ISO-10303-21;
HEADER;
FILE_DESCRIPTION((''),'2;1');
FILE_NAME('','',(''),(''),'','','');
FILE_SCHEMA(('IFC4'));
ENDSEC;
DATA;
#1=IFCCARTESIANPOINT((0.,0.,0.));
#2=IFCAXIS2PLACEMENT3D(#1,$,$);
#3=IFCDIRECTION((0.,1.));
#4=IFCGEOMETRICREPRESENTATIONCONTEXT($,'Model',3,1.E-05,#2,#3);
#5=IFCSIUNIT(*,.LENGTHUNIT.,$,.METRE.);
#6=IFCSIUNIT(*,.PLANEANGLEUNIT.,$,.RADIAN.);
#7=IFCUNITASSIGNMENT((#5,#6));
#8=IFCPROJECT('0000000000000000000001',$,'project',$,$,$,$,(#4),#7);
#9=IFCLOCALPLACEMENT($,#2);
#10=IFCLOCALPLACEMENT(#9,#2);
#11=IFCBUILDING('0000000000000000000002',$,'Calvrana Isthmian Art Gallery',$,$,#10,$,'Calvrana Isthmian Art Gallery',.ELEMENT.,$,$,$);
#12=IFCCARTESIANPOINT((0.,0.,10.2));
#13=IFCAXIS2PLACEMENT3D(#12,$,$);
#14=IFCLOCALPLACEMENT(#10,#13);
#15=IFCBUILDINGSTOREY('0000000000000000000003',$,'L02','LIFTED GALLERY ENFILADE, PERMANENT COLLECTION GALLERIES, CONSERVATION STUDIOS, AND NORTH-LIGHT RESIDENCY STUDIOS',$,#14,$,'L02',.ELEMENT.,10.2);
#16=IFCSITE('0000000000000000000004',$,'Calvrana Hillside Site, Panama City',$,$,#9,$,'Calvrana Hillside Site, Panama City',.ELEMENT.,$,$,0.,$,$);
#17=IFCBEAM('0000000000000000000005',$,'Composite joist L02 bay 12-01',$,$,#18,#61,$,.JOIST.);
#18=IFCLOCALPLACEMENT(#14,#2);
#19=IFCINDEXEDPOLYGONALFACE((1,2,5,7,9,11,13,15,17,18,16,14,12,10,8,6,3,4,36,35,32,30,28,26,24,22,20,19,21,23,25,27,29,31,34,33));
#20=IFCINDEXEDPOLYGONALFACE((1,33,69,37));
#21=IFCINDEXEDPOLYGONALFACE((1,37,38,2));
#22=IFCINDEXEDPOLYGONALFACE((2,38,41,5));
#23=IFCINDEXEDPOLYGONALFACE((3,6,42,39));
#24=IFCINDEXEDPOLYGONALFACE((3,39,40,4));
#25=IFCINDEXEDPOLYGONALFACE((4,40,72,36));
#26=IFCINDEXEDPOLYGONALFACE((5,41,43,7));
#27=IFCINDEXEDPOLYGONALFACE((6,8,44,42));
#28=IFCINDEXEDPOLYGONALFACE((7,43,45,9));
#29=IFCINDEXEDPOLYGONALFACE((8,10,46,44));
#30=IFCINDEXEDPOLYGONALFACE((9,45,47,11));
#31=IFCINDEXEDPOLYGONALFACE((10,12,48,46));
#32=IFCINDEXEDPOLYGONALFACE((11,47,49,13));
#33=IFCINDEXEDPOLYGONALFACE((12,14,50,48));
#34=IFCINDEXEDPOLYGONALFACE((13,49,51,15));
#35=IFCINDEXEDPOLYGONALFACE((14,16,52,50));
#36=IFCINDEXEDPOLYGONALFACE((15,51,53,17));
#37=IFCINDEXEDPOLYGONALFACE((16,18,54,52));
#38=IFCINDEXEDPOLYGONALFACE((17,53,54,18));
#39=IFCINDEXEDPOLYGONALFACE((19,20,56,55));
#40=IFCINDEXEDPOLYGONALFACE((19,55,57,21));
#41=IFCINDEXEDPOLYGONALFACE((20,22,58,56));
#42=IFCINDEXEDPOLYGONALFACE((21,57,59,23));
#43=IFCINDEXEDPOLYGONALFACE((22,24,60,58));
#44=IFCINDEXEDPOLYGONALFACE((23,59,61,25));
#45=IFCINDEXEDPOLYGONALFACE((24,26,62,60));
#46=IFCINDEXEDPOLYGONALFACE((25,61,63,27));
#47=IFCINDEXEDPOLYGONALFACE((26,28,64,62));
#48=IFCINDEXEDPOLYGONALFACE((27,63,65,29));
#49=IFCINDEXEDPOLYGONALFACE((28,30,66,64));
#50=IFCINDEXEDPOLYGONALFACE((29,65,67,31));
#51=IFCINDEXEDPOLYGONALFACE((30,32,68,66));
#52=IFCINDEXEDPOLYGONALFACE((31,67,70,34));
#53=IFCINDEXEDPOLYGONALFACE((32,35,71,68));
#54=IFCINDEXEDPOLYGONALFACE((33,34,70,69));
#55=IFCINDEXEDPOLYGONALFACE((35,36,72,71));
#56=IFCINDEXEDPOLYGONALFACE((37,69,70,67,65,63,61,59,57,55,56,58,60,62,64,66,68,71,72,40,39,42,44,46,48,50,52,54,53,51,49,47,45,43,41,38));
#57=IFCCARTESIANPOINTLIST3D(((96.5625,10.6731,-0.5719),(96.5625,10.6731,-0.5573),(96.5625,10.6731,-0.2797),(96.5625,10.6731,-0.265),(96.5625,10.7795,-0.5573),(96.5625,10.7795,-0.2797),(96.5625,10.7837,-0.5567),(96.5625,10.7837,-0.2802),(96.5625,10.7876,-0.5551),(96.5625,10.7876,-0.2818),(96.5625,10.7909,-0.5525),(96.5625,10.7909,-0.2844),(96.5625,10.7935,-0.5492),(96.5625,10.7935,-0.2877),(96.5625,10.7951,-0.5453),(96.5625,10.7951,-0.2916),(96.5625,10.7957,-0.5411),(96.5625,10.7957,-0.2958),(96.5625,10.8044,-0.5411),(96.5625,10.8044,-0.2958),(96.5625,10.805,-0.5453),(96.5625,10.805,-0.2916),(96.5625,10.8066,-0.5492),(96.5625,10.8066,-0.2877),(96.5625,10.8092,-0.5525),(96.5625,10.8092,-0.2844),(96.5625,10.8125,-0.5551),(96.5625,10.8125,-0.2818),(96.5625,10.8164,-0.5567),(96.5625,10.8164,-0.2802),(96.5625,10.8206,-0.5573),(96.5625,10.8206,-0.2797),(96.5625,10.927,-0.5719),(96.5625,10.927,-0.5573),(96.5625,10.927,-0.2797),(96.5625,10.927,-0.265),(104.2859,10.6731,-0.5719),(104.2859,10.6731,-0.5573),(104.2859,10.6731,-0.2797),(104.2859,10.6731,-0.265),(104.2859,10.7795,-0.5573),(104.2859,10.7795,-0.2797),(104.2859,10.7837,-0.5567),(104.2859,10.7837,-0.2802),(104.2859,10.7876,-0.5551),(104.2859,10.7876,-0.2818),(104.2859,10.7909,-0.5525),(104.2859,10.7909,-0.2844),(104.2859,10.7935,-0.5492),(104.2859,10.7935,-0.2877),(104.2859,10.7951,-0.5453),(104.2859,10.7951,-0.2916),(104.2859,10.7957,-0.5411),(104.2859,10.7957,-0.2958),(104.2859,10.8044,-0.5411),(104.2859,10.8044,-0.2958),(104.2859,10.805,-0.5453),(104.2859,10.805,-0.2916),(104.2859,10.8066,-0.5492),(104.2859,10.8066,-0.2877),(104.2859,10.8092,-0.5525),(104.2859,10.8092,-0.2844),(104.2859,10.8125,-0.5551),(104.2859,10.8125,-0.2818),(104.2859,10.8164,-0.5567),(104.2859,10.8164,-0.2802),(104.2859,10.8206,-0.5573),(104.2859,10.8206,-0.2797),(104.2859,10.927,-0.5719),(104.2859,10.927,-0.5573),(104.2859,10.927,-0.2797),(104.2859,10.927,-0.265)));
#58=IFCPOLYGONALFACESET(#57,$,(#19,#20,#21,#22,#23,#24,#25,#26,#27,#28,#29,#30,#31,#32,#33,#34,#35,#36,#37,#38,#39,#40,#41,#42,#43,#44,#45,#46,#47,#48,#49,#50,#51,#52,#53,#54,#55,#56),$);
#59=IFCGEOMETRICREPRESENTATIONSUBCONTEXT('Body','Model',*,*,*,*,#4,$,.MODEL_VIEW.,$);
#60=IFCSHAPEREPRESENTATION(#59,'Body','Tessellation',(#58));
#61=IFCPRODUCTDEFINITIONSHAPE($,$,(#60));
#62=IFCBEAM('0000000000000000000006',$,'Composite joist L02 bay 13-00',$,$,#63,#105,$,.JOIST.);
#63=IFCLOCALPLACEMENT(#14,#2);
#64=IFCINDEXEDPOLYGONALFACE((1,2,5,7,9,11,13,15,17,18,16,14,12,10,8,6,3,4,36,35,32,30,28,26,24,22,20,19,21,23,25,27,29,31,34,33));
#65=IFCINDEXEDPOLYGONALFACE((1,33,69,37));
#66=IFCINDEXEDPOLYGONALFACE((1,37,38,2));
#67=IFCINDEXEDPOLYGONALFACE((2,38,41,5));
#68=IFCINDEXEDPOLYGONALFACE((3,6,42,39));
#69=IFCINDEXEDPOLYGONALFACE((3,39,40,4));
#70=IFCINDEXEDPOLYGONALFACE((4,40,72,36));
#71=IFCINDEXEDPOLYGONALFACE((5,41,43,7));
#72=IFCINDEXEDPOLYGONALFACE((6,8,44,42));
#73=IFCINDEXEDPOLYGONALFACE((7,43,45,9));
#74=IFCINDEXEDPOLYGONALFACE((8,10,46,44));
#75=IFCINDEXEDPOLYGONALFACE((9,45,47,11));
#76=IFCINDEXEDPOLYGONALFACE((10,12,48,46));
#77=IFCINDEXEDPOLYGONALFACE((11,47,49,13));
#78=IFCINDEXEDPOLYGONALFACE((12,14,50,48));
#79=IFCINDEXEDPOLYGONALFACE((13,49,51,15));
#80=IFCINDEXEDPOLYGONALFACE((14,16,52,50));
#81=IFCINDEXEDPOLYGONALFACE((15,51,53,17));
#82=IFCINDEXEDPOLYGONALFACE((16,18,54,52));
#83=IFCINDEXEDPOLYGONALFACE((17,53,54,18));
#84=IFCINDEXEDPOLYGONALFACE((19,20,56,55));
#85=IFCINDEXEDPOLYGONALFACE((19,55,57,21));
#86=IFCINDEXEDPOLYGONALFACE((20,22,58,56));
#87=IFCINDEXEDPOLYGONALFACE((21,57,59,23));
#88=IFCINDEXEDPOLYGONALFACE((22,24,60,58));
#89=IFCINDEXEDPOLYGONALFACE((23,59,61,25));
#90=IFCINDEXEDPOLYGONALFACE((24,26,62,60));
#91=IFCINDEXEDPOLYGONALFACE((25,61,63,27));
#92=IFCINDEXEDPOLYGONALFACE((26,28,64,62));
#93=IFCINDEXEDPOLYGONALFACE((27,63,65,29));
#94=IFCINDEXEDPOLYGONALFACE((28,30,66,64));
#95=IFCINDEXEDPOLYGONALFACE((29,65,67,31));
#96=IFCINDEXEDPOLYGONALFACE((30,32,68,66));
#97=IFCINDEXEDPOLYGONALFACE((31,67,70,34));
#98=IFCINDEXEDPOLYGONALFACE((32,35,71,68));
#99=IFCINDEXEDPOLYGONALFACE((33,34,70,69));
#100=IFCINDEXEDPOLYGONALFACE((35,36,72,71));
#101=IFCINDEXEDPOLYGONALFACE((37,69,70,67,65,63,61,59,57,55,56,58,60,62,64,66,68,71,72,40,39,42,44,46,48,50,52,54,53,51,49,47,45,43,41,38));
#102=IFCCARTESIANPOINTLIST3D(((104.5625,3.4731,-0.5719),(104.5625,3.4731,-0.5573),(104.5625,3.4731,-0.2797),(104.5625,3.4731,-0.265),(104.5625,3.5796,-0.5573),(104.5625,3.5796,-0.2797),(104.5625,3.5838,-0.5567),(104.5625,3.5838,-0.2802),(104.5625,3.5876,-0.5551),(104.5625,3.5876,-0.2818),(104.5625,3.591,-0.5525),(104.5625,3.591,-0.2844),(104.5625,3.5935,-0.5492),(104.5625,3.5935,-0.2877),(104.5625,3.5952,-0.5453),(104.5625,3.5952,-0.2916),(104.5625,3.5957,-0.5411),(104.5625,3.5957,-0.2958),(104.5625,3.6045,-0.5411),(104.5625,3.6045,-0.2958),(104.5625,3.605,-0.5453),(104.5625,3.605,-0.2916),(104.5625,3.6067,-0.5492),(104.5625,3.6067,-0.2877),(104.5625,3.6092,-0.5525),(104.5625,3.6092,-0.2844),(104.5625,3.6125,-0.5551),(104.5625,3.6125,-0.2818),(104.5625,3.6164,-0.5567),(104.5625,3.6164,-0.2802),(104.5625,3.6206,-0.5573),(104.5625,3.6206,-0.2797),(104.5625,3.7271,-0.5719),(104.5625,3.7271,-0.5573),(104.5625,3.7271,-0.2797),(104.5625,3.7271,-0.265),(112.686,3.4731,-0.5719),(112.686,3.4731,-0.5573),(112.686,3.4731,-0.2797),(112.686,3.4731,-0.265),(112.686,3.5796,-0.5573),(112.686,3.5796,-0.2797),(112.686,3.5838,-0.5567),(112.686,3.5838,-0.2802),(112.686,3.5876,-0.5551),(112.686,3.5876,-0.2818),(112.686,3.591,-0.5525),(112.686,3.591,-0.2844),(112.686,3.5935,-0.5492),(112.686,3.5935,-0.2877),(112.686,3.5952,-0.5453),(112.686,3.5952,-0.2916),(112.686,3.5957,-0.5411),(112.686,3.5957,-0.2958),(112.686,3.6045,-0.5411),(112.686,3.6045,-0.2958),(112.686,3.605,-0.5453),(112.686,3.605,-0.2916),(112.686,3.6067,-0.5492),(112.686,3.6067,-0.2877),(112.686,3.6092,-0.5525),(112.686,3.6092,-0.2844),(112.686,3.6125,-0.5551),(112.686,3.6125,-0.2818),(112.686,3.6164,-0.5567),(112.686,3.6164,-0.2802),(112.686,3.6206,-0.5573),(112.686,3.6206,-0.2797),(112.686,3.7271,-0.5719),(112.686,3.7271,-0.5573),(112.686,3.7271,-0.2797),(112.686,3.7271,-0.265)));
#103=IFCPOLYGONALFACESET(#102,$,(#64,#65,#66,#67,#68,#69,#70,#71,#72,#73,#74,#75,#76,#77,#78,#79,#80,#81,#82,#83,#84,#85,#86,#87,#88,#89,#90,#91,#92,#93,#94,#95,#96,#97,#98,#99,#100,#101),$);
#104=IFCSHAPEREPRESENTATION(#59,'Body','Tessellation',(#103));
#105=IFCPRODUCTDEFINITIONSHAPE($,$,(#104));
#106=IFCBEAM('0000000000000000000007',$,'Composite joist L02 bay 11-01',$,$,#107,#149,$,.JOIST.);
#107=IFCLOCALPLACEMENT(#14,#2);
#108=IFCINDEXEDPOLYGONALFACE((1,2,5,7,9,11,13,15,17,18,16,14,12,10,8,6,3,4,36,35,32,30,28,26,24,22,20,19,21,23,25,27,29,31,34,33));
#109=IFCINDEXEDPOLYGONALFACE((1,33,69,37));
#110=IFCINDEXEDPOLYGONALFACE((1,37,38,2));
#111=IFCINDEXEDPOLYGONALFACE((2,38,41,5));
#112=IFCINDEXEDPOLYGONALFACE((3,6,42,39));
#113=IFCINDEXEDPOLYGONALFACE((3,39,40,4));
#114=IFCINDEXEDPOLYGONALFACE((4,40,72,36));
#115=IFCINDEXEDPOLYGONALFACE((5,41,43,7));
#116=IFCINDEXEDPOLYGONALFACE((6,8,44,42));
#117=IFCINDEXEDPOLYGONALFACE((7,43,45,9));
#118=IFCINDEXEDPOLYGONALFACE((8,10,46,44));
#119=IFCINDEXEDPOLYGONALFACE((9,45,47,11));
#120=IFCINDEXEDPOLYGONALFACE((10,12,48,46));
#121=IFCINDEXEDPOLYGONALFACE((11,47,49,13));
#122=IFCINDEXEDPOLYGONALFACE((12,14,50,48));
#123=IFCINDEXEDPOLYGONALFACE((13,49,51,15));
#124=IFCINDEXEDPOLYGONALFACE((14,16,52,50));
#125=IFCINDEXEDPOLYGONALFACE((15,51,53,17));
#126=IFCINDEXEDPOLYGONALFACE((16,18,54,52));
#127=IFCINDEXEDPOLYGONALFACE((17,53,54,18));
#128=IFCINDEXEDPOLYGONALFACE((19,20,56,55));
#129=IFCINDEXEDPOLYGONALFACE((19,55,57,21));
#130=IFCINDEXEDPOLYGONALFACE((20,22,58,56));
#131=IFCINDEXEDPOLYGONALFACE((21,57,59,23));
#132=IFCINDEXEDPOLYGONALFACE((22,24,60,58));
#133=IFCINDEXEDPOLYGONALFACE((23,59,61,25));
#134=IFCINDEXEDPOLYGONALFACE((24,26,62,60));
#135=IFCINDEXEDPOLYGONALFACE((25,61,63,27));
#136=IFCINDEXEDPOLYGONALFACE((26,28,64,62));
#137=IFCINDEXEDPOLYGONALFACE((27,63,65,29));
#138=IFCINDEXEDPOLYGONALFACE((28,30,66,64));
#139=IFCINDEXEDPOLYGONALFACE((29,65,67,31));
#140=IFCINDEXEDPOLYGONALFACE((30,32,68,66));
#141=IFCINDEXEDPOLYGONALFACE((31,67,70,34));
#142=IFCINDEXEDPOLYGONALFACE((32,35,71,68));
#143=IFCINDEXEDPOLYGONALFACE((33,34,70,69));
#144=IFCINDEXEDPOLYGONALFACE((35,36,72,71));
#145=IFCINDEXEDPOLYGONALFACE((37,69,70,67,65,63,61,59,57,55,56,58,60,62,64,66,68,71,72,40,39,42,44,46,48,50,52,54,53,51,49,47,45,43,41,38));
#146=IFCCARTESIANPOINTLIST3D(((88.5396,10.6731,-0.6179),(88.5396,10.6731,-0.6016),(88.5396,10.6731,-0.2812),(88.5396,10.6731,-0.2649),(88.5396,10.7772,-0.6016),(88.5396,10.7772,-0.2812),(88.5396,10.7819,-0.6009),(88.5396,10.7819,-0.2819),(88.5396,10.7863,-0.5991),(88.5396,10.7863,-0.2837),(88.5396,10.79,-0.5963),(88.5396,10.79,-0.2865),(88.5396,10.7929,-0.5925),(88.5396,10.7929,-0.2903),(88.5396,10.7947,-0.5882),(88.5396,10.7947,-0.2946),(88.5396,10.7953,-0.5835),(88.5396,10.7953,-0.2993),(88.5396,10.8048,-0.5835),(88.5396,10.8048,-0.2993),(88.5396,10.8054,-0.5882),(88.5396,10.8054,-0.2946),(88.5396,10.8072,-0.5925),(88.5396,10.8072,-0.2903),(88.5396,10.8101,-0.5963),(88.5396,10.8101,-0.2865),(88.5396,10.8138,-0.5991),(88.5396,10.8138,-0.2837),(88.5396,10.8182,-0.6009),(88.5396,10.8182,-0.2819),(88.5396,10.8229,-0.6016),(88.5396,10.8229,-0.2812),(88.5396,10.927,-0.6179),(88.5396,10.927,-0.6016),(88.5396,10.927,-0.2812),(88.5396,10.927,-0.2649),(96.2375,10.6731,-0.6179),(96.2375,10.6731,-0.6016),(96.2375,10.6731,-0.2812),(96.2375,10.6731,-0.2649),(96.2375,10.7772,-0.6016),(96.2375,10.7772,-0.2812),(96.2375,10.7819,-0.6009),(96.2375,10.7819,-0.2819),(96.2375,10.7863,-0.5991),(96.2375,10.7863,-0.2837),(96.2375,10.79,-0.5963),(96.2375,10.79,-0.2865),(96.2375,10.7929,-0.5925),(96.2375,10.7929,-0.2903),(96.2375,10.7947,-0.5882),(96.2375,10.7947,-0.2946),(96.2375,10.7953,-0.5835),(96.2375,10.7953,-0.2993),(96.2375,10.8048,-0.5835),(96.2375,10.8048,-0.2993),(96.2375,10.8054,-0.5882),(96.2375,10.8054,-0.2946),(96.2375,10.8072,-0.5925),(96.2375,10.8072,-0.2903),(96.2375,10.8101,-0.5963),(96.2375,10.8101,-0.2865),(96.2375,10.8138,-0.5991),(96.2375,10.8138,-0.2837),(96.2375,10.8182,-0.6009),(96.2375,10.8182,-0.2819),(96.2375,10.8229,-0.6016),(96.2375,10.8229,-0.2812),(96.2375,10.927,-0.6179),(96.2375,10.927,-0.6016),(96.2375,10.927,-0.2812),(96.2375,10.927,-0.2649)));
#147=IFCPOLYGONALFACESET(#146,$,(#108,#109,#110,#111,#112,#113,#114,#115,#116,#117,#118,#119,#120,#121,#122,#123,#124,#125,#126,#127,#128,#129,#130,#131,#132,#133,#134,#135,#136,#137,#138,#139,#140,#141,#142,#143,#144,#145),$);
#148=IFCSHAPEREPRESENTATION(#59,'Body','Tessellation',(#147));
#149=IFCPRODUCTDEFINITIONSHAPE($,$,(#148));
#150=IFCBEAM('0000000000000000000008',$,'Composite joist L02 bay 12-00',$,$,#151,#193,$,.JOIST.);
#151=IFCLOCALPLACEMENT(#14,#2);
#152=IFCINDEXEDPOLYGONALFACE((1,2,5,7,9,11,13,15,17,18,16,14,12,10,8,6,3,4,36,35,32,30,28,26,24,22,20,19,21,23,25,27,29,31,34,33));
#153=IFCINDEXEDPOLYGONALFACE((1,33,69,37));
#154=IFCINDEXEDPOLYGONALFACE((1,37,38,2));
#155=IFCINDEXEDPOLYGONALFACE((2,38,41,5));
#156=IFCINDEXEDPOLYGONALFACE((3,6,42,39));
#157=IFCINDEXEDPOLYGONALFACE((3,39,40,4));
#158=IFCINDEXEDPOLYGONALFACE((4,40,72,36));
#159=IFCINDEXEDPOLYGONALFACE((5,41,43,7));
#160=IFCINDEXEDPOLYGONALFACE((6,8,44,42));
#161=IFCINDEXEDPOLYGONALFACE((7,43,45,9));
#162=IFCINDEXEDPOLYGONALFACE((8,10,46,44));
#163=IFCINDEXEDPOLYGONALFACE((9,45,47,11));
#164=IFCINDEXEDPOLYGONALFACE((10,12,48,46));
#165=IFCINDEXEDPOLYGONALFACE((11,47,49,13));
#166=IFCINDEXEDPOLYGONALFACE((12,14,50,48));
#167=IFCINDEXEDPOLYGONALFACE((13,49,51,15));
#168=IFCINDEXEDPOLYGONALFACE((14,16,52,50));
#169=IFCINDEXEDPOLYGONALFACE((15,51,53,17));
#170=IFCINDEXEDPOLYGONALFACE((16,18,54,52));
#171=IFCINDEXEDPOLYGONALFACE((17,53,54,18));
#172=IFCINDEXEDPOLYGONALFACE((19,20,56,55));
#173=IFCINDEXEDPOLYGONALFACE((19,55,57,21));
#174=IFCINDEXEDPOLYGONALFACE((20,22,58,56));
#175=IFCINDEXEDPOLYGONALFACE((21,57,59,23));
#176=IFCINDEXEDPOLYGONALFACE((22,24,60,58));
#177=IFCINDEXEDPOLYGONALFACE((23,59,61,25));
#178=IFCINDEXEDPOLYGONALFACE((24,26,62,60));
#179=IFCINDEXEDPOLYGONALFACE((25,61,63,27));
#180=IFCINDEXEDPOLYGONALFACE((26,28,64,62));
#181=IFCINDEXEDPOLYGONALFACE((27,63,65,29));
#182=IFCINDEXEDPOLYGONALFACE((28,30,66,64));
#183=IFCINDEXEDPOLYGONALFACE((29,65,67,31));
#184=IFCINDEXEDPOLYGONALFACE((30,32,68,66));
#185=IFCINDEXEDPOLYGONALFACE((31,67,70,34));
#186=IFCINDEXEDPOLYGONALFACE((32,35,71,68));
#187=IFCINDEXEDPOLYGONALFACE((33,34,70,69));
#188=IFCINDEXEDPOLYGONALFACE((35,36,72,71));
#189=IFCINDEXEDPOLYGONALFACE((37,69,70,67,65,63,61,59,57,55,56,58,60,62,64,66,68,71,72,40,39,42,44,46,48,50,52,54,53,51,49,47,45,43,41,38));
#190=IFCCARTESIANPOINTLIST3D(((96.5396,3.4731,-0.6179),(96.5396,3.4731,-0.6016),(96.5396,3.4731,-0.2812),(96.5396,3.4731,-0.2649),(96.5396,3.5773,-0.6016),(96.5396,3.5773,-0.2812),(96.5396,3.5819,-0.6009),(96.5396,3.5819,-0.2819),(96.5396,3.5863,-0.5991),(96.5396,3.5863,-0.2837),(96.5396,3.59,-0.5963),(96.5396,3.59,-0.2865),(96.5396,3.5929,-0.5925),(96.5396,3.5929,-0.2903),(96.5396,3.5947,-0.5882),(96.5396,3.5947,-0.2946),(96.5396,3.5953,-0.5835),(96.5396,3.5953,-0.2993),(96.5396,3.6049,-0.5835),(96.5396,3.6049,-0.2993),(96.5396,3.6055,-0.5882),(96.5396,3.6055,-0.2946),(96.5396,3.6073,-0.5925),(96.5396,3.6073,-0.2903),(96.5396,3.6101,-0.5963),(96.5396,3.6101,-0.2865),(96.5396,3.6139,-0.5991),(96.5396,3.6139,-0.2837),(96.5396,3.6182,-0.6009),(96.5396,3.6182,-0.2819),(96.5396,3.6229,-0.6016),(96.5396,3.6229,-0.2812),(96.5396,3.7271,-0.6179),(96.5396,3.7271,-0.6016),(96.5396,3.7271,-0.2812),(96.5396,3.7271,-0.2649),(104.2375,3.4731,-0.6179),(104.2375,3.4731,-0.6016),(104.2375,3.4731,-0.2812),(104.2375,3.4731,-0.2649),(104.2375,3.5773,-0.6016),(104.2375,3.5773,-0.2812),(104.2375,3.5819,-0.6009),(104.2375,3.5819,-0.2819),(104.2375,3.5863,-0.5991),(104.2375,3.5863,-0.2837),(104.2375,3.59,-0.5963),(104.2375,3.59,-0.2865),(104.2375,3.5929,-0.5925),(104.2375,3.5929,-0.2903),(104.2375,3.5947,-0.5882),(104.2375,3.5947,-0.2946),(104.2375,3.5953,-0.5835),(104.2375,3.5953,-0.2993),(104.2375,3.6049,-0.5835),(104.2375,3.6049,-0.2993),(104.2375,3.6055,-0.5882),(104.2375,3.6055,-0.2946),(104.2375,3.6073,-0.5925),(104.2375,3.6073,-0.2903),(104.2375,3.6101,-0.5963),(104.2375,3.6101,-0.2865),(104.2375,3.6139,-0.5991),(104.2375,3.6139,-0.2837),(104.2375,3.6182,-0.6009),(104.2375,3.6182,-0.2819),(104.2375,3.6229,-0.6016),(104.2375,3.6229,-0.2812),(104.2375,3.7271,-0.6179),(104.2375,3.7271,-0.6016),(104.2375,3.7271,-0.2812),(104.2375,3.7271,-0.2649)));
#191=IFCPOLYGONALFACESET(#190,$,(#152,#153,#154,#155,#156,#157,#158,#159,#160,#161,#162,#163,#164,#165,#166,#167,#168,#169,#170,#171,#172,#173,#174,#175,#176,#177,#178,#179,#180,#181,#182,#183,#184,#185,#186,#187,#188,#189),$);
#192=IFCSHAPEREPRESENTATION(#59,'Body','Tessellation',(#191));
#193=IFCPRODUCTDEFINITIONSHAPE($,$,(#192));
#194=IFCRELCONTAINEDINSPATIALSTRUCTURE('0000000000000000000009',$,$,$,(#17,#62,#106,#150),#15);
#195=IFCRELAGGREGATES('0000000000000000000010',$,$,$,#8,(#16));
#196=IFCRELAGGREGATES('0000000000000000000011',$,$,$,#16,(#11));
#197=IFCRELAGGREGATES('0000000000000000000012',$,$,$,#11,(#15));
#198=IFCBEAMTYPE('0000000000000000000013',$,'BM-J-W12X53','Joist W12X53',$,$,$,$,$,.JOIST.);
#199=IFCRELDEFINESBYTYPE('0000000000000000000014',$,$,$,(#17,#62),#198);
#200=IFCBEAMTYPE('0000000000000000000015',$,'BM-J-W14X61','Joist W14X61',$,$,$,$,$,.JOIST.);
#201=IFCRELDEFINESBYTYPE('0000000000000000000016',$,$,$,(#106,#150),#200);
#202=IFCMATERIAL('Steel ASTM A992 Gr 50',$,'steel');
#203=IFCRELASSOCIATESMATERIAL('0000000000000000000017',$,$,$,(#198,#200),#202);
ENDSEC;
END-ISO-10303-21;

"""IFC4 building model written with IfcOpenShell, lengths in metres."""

from ifc_helpers import new_model, si_unit, direction, frame, origin, origin_2d, place, context, subcontext, project, spatial, i_section, extrude, material, material_profile, profile_set, type_object, element, save


model = new_model("IFC4")

# Units and contexts
model_context = context("Model", 3, precision=1e-05, world=origin(), true_north=direction((0.0, 1.0)))
body_context = subcontext(model_context, "Body", "Model", "MODEL_VIEW")
ifc_project = project(units=[si_unit("LENGTHUNIT", "METRE"), si_unit("PLANEANGLEUNIT", "RADIAN")], contexts=[model_context])

# Site, building, storey
site_placement = place(None, origin())
site = spatial("IfcSite", under=ifc_project, at=site_placement, Name="Calvrana Hillside Site, Panama City", LongName="Calvrana Hillside Site, Panama City", CompositionType="ELEMENT", RefElevation=0.0)
building_placement = place(site_placement, origin())
building = spatial("IfcBuilding", under=site, at=building_placement, Name="Calvrana Isthmian Art Gallery", LongName="Calvrana Isthmian Art Gallery", CompositionType="ELEMENT")
storey_placement = place(building_placement, frame((0.0, 0.0, 10.2)))
storey = spatial("IfcBuildingStorey", under=building, at=storey_placement, Name="L02", Description="LIFTED GALLERY ENFILADE, PERMANENT COLLECTION GALLERIES, CONSERVATION STUDIOS, AND NORTH-LIGHT RESIDENCY STUDIOS", LongName="L02", CompositionType="ELEMENT", Elevation=10.2)

# Beams
ifc_material_1 = material(Name="Steel ASTM A992 Gr 50", Category="steel")
ifc_material_profile_1 = material_profile(ifc_material_1, i_section(OverallWidth=0.2539, OverallDepth=0.3069, WebThickness=0.0088, FlangeThickness=0.0146, FilletRadius=0.0161, at=origin_2d()), Name="W12X53")
ifc_profile_set_1 = profile_set([ifc_material_profile_1], Name="Steel ASTM A992 Gr 50")
beam_type_1 = type_object("IfcBeamType", Name="BM-J-W12X53", Description="Joist W12X53", PredefinedType="JOIST", material=ifc_profile_set_1)
beam_1_placement = place(storey_placement, frame((96.5625, 10.8, -0.4185), z_axis=(1.0, 0.0, 0.0), x_axis=(0.0, 1.0, 0.0)))
element("IfcBeam", 1, at=beam_1_placement, inside=storey, type_object=beam_type_1, Name="Composite joist L02 bay 12-01", PredefinedType="JOIST", context=body_context, shape_type="SweptSolid", body=[
    extrude(i_section(OverallWidth=0.2539, OverallDepth=0.3069, WebThickness=0.0088, FlangeThickness=0.0146, FilletRadius=0.0161, at=origin_2d()), origin(), (0.0, 0.0, 1.0), 7.7234),
])
beam_2_placement = place(storey_placement, frame((104.5625, 3.6001, -0.4185), z_axis=(1.0, 0.0, 0.0), x_axis=(0.0, 1.0, 0.0)))
element("IfcBeam", 2, at=beam_2_placement, inside=storey, type_object=beam_type_1, Name="Composite joist L02 bay 13-00", PredefinedType="JOIST", context=body_context, shape_type="SweptSolid", body=[
    extrude(i_section(OverallWidth=0.2539, OverallDepth=0.3069, WebThickness=0.0088, FlangeThickness=0.0146, FilletRadius=0.0161, at=origin_2d()), origin(), (0.0, 0.0, 1.0), 8.1235),
])
ifc_material_profile_2 = material_profile(ifc_material_1, i_section(OverallWidth=0.2539, OverallDepth=0.353, WebThickness=0.0095, FlangeThickness=0.0164, FilletRadius=0.0181, at=origin_2d()), Name="W14X61")
ifc_profile_set_2 = profile_set([ifc_material_profile_2], Name="Steel ASTM A992 Gr 50")
beam_type_2 = type_object("IfcBeamType", Name="BM-J-W14X61", Description="Joist W14X61", PredefinedType="JOIST", material=ifc_profile_set_2)
for number, where, z_axis, x_axis, name in (
    (3, (88.5396, 10.8, -0.4414), (1.0, 0.0, 0.0), (0.0, 1.0, 0.0), "Composite joist L02 bay 11-01"),
    (4, (96.5396, 3.6001, -0.4414), (1.0, 0.0, 0.0), (0.0, 1.0, 0.0), "Composite joist L02 bay 12-00"),
):
    element("IfcBeam", number, at=place(storey_placement, frame(where, z_axis=z_axis, x_axis=x_axis)), inside=storey, type_object=beam_type_2, Name=name, PredefinedType="JOIST", context=body_context, shape_type="SweptSolid", body=[
        extrude(i_section(OverallWidth=0.2539, OverallDepth=0.353, WebThickness=0.0095, FlangeThickness=0.0164, FilletRadius=0.0181, at=origin_2d()), origin(), (0.0, 0.0, 1.0), 7.698),
    ])

save(model, "model.ifc")
